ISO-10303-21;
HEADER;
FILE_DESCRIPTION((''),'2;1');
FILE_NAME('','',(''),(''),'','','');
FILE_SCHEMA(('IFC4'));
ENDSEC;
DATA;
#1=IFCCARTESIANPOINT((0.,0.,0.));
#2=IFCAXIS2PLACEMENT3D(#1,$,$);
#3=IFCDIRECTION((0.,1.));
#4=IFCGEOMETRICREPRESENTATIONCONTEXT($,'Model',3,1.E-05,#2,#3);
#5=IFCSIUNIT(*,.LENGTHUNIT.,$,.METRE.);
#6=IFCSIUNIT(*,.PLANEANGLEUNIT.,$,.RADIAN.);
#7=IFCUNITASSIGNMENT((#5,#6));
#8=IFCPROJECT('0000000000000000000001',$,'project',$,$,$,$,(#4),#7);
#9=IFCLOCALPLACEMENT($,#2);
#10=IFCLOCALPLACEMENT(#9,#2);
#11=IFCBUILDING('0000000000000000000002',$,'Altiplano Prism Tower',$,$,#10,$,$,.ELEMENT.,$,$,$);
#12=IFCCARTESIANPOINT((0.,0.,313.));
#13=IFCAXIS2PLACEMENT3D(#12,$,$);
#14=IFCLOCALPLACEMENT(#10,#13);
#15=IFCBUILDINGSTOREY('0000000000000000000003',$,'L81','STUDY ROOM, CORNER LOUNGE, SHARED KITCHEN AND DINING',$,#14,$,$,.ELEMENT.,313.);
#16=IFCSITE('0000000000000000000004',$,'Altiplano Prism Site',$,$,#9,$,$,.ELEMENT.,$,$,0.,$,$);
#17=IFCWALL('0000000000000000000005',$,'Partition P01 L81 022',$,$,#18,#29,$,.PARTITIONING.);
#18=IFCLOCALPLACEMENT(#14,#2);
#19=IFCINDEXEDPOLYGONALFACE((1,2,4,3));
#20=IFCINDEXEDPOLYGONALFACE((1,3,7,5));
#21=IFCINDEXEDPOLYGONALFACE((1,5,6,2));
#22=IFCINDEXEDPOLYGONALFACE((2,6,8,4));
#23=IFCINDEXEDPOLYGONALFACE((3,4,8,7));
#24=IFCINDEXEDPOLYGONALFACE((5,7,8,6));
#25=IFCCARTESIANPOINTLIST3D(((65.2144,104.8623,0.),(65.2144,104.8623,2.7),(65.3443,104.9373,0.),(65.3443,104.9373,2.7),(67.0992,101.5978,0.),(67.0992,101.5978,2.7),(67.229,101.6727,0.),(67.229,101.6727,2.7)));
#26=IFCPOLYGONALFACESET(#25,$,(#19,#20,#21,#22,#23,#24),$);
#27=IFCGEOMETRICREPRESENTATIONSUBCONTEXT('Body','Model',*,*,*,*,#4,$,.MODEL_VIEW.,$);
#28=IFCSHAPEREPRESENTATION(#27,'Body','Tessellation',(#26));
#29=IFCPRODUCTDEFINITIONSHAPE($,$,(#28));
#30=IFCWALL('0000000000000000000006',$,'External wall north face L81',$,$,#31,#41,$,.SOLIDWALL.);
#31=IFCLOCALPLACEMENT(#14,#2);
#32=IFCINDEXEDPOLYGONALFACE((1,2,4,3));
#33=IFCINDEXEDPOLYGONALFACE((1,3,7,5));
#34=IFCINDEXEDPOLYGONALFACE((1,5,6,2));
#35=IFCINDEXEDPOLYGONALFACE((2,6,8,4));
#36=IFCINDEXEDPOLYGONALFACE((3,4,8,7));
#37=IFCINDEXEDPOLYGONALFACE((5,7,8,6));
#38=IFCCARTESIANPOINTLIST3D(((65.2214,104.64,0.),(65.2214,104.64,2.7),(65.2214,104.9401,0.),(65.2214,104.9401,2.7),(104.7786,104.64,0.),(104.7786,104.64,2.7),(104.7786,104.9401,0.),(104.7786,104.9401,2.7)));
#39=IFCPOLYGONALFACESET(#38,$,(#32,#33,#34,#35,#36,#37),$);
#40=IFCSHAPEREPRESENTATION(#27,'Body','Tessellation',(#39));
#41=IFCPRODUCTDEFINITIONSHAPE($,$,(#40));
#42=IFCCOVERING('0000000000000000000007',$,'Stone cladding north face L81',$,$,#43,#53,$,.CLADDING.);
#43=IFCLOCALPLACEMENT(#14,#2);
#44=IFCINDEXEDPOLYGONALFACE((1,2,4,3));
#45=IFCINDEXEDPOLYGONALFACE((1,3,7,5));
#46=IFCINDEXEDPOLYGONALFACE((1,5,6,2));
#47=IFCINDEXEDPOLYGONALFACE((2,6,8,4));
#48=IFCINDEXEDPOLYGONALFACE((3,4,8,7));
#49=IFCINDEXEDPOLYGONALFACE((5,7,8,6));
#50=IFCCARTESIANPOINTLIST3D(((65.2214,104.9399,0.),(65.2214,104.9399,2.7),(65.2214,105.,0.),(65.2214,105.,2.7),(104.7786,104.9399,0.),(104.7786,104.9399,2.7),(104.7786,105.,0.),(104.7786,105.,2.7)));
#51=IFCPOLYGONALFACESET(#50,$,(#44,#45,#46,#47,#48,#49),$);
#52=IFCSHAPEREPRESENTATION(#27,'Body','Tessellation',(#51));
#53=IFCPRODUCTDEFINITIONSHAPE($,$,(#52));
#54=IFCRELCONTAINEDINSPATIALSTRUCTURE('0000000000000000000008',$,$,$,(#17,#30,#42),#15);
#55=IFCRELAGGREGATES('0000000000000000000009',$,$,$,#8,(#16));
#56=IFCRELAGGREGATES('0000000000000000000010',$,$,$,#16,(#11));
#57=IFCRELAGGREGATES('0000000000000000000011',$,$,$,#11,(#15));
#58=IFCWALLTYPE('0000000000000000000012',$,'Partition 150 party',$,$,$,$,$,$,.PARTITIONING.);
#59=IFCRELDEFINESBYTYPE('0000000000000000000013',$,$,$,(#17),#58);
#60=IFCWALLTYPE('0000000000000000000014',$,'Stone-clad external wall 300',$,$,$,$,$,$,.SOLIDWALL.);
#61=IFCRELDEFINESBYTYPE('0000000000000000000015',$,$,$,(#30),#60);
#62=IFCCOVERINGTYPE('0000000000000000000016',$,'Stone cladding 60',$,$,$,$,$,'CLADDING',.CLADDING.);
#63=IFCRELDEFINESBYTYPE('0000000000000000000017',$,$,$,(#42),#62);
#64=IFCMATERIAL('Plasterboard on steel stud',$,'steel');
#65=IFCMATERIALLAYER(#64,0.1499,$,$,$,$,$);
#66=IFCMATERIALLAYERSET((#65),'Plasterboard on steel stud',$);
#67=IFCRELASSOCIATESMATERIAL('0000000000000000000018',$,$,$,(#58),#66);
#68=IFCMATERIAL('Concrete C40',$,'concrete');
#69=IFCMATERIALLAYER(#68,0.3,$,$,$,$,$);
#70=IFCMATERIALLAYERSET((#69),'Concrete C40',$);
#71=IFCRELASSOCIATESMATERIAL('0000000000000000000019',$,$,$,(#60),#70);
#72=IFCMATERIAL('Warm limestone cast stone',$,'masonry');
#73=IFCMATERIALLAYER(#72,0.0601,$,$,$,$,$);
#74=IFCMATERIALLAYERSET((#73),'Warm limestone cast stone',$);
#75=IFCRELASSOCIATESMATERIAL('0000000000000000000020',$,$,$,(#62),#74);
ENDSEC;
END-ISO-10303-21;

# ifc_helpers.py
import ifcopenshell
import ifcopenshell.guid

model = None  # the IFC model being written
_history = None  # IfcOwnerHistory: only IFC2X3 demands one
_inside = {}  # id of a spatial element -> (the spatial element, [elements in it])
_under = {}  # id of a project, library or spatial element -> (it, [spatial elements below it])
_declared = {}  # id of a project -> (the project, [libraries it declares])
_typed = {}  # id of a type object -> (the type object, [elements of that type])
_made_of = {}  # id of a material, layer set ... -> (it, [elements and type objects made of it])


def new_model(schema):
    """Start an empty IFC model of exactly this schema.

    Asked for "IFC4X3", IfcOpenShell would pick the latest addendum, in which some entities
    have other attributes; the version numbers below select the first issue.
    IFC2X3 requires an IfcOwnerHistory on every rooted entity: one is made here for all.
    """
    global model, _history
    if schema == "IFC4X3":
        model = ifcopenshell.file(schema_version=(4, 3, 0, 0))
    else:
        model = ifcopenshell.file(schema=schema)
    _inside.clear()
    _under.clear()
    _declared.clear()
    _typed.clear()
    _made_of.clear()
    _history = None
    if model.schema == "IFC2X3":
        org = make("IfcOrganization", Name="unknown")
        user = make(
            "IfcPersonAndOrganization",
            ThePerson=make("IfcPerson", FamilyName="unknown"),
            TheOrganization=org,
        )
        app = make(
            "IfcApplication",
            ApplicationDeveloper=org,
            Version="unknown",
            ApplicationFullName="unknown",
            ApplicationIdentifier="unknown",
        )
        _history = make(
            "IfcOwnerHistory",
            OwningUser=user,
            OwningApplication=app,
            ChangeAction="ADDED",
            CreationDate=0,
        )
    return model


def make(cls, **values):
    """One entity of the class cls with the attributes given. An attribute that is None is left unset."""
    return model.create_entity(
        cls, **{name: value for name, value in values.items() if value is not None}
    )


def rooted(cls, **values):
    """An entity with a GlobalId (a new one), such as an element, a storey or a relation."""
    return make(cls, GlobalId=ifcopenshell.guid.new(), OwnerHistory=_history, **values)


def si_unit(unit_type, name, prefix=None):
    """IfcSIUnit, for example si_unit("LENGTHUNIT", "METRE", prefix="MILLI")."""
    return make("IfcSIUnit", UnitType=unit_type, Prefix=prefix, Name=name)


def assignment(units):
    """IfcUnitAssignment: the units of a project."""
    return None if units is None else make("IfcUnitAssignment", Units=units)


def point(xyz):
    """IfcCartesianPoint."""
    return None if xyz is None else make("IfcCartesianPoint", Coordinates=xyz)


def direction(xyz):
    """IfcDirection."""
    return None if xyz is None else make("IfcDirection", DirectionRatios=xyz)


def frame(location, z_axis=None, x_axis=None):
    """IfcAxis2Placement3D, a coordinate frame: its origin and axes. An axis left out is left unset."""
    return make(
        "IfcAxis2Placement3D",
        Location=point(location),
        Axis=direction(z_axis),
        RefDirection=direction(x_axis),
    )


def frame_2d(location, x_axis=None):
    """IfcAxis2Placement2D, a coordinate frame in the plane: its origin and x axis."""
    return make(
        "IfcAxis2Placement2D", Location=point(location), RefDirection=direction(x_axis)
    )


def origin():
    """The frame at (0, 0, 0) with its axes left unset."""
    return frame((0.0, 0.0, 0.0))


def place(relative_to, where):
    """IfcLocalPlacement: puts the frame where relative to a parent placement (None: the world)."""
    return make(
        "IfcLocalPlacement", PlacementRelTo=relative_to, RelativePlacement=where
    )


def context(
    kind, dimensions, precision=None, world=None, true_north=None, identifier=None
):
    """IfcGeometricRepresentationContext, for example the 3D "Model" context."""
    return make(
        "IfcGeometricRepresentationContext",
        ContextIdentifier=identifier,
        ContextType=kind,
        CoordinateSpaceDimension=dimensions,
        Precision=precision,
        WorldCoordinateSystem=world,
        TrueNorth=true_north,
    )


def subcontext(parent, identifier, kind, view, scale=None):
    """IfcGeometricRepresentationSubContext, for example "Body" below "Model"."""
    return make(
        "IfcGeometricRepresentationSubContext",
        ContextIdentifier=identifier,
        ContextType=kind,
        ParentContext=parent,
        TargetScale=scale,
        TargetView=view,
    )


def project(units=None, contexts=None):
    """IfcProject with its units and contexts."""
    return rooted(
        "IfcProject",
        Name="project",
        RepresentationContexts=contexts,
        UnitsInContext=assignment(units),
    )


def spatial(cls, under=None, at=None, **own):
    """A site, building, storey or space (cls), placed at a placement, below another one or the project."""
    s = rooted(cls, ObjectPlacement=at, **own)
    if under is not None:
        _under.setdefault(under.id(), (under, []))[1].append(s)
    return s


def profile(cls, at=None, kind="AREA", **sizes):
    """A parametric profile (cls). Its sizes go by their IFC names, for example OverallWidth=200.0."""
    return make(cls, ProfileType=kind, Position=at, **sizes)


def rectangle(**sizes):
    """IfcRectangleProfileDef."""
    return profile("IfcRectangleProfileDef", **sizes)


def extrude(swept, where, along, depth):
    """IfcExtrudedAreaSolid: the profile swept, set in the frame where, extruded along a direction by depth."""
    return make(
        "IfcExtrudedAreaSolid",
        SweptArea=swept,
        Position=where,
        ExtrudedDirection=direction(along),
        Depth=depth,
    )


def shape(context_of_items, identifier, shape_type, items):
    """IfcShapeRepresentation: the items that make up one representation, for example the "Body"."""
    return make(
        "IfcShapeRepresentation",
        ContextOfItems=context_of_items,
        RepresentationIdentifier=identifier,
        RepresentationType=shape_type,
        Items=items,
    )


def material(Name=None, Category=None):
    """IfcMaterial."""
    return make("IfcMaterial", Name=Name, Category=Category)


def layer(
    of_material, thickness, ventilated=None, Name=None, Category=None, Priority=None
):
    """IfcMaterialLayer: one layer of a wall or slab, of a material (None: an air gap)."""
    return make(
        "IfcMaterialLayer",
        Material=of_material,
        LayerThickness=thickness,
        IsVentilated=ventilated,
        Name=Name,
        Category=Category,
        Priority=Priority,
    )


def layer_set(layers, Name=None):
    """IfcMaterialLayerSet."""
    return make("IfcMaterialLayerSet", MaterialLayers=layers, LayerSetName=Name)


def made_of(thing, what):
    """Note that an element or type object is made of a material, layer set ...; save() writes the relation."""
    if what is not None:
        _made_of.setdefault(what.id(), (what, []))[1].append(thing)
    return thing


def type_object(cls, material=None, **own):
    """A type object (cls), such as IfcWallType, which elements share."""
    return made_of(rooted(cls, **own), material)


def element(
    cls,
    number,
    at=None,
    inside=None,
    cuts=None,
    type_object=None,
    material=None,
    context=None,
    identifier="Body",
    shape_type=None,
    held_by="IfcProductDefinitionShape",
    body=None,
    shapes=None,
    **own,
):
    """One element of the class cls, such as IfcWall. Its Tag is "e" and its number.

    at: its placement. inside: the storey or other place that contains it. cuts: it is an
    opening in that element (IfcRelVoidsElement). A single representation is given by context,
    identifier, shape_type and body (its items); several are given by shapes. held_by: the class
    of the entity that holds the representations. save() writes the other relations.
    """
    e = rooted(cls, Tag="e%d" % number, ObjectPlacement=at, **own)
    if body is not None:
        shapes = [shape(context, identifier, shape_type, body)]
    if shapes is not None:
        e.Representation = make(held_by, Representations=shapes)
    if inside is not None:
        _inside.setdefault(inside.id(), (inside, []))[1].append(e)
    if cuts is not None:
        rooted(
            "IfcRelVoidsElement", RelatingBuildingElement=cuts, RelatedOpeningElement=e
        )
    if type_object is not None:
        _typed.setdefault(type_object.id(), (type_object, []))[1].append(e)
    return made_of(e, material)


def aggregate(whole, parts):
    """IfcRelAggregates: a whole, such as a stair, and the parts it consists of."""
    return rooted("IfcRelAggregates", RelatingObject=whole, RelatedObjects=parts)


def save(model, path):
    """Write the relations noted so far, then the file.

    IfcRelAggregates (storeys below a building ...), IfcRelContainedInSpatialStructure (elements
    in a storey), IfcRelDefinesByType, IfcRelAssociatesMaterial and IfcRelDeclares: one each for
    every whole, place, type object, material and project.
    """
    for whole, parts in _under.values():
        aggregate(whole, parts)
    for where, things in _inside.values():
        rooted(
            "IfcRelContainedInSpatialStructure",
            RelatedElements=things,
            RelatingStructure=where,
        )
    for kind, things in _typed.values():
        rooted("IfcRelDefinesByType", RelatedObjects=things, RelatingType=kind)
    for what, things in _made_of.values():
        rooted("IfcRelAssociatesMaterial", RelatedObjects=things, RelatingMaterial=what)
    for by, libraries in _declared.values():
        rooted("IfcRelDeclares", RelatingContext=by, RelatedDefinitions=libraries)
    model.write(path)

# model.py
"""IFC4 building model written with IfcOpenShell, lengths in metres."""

from ifc_helpers import new_model, si_unit, direction, frame, frame_2d, origin, place, context, subcontext, project, spatial, rectangle, extrude, material, layer, layer_set, type_object, element, save


model = new_model("IFC4")

# Units and contexts
model_context = context("Model", 3, precision=1e-05, world=origin(), true_north=direction((0.0, 1.0)))
body_context = subcontext(model_context, "Body", "Model", "MODEL_VIEW")
ifc_project = project(units=[si_unit("LENGTHUNIT", "METRE"), si_unit("PLANEANGLEUNIT", "RADIAN")], contexts=[model_context])

# Site, building, storey
site_placement = place(None, origin())
site = spatial("IfcSite", under=ifc_project, at=site_placement, Name="Altiplano Prism Site", CompositionType="ELEMENT", RefElevation=0.0)
building_placement = place(site_placement, origin())
building = spatial("IfcBuilding", under=site, at=building_placement, Name="Altiplano Prism Tower", CompositionType="ELEMENT")
storey_placement = place(building_placement, frame((0.0, 0.0, 313.0)))
storey = spatial("IfcBuildingStorey", under=building, at=storey_placement, Name="L81", Description="STUDY ROOM, CORNER LOUNGE, SHARED KITCHEN AND DINING", CompositionType="ELEMENT", Elevation=313.0)

# Shared definitions
ifc_material_1 = material(Name="Plasterboard on steel stud", Category="steel")

# Wall
ifc_layer_1 = layer(ifc_material_1, 0.1499)
ifc_layer_set_1 = layer_set([ifc_layer_1], Name="Plasterboard on steel stud")
wall_type_1 = type_object("IfcWallType", Name="Partition 150 party", PredefinedType="PARTITIONING", material=ifc_layer_set_1)
wall_1_placement = place(storey_placement, frame((67.1641, 101.6353, 0.0), z_axis=(0.0, 0.0, 1.0), x_axis=(-0.499984, 0.866035, 0.0)))
element("IfcWall", 1, at=wall_1_placement, inside=storey, type_object=wall_type_1, Name="Partition P01 L81 022", PredefinedType="PARTITIONING", context=body_context, shape_type="SweptSolid", body=[
    extrude(rectangle(XDim=3.7695, YDim=0.1499, at=frame_2d((1.8848, 0.0))), origin(), (0.0, 0.0, 1.0), 2.7),
])

# Wall
ifc_material_2 = material(Name="Concrete C40", Category="concrete")
ifc_layer_2 = layer(ifc_material_2, 0.3)
ifc_layer_set_2 = layer_set([ifc_layer_2], Name="Concrete C40")
wall_type_2 = type_object("IfcWallType", Name="Stone-clad external wall 300", PredefinedType="SOLIDWALL", material=ifc_layer_set_2)
wall_2_placement = place(storey_placement, frame((65.2214, 104.79, 0.0), z_axis=(0.0, 0.0, 1.0), x_axis=(1.0, 0.0, 0.0)))
element("IfcWall", 2, at=wall_2_placement, inside=storey, type_object=wall_type_2, Name="External wall north face L81", PredefinedType="SOLIDWALL", context=body_context, shape_type="SweptSolid", body=[
    extrude(rectangle(XDim=39.5571, YDim=0.3, at=frame_2d((19.7786, 0.0))), origin(), (0.0, 0.0, 1.0), 2.7),
])

# Covering
ifc_material_3 = material(Name="Warm limestone cast stone", Category="masonry")
ifc_layer_3 = layer(ifc_material_3, 0.0601)
ifc_layer_set_3 = layer_set([ifc_layer_3], Name="Warm limestone cast stone")
covering_type = type_object("IfcCoveringType", Name="Stone cladding 60", ElementType="CLADDING", PredefinedType="CLADDING", material=ifc_layer_set_3)
covering_placement = place(storey_placement, frame((65.2214, 104.97, 0.0), z_axis=(0.0, 0.0, 1.0), x_axis=(1.0, 0.0, 0.0)))
element("IfcCovering", 3, at=covering_placement, inside=storey, type_object=covering_type, Name="Stone cladding north face L81", PredefinedType="CLADDING", context=body_context, shape_type="SweptSolid", body=[
    extrude(rectangle(XDim=39.5571, YDim=0.0601, at=frame_2d((19.7786, 0.0))), origin(), (0.0, 0.0, 1.0), 2.7),
])

save(model, "model.ifc")
